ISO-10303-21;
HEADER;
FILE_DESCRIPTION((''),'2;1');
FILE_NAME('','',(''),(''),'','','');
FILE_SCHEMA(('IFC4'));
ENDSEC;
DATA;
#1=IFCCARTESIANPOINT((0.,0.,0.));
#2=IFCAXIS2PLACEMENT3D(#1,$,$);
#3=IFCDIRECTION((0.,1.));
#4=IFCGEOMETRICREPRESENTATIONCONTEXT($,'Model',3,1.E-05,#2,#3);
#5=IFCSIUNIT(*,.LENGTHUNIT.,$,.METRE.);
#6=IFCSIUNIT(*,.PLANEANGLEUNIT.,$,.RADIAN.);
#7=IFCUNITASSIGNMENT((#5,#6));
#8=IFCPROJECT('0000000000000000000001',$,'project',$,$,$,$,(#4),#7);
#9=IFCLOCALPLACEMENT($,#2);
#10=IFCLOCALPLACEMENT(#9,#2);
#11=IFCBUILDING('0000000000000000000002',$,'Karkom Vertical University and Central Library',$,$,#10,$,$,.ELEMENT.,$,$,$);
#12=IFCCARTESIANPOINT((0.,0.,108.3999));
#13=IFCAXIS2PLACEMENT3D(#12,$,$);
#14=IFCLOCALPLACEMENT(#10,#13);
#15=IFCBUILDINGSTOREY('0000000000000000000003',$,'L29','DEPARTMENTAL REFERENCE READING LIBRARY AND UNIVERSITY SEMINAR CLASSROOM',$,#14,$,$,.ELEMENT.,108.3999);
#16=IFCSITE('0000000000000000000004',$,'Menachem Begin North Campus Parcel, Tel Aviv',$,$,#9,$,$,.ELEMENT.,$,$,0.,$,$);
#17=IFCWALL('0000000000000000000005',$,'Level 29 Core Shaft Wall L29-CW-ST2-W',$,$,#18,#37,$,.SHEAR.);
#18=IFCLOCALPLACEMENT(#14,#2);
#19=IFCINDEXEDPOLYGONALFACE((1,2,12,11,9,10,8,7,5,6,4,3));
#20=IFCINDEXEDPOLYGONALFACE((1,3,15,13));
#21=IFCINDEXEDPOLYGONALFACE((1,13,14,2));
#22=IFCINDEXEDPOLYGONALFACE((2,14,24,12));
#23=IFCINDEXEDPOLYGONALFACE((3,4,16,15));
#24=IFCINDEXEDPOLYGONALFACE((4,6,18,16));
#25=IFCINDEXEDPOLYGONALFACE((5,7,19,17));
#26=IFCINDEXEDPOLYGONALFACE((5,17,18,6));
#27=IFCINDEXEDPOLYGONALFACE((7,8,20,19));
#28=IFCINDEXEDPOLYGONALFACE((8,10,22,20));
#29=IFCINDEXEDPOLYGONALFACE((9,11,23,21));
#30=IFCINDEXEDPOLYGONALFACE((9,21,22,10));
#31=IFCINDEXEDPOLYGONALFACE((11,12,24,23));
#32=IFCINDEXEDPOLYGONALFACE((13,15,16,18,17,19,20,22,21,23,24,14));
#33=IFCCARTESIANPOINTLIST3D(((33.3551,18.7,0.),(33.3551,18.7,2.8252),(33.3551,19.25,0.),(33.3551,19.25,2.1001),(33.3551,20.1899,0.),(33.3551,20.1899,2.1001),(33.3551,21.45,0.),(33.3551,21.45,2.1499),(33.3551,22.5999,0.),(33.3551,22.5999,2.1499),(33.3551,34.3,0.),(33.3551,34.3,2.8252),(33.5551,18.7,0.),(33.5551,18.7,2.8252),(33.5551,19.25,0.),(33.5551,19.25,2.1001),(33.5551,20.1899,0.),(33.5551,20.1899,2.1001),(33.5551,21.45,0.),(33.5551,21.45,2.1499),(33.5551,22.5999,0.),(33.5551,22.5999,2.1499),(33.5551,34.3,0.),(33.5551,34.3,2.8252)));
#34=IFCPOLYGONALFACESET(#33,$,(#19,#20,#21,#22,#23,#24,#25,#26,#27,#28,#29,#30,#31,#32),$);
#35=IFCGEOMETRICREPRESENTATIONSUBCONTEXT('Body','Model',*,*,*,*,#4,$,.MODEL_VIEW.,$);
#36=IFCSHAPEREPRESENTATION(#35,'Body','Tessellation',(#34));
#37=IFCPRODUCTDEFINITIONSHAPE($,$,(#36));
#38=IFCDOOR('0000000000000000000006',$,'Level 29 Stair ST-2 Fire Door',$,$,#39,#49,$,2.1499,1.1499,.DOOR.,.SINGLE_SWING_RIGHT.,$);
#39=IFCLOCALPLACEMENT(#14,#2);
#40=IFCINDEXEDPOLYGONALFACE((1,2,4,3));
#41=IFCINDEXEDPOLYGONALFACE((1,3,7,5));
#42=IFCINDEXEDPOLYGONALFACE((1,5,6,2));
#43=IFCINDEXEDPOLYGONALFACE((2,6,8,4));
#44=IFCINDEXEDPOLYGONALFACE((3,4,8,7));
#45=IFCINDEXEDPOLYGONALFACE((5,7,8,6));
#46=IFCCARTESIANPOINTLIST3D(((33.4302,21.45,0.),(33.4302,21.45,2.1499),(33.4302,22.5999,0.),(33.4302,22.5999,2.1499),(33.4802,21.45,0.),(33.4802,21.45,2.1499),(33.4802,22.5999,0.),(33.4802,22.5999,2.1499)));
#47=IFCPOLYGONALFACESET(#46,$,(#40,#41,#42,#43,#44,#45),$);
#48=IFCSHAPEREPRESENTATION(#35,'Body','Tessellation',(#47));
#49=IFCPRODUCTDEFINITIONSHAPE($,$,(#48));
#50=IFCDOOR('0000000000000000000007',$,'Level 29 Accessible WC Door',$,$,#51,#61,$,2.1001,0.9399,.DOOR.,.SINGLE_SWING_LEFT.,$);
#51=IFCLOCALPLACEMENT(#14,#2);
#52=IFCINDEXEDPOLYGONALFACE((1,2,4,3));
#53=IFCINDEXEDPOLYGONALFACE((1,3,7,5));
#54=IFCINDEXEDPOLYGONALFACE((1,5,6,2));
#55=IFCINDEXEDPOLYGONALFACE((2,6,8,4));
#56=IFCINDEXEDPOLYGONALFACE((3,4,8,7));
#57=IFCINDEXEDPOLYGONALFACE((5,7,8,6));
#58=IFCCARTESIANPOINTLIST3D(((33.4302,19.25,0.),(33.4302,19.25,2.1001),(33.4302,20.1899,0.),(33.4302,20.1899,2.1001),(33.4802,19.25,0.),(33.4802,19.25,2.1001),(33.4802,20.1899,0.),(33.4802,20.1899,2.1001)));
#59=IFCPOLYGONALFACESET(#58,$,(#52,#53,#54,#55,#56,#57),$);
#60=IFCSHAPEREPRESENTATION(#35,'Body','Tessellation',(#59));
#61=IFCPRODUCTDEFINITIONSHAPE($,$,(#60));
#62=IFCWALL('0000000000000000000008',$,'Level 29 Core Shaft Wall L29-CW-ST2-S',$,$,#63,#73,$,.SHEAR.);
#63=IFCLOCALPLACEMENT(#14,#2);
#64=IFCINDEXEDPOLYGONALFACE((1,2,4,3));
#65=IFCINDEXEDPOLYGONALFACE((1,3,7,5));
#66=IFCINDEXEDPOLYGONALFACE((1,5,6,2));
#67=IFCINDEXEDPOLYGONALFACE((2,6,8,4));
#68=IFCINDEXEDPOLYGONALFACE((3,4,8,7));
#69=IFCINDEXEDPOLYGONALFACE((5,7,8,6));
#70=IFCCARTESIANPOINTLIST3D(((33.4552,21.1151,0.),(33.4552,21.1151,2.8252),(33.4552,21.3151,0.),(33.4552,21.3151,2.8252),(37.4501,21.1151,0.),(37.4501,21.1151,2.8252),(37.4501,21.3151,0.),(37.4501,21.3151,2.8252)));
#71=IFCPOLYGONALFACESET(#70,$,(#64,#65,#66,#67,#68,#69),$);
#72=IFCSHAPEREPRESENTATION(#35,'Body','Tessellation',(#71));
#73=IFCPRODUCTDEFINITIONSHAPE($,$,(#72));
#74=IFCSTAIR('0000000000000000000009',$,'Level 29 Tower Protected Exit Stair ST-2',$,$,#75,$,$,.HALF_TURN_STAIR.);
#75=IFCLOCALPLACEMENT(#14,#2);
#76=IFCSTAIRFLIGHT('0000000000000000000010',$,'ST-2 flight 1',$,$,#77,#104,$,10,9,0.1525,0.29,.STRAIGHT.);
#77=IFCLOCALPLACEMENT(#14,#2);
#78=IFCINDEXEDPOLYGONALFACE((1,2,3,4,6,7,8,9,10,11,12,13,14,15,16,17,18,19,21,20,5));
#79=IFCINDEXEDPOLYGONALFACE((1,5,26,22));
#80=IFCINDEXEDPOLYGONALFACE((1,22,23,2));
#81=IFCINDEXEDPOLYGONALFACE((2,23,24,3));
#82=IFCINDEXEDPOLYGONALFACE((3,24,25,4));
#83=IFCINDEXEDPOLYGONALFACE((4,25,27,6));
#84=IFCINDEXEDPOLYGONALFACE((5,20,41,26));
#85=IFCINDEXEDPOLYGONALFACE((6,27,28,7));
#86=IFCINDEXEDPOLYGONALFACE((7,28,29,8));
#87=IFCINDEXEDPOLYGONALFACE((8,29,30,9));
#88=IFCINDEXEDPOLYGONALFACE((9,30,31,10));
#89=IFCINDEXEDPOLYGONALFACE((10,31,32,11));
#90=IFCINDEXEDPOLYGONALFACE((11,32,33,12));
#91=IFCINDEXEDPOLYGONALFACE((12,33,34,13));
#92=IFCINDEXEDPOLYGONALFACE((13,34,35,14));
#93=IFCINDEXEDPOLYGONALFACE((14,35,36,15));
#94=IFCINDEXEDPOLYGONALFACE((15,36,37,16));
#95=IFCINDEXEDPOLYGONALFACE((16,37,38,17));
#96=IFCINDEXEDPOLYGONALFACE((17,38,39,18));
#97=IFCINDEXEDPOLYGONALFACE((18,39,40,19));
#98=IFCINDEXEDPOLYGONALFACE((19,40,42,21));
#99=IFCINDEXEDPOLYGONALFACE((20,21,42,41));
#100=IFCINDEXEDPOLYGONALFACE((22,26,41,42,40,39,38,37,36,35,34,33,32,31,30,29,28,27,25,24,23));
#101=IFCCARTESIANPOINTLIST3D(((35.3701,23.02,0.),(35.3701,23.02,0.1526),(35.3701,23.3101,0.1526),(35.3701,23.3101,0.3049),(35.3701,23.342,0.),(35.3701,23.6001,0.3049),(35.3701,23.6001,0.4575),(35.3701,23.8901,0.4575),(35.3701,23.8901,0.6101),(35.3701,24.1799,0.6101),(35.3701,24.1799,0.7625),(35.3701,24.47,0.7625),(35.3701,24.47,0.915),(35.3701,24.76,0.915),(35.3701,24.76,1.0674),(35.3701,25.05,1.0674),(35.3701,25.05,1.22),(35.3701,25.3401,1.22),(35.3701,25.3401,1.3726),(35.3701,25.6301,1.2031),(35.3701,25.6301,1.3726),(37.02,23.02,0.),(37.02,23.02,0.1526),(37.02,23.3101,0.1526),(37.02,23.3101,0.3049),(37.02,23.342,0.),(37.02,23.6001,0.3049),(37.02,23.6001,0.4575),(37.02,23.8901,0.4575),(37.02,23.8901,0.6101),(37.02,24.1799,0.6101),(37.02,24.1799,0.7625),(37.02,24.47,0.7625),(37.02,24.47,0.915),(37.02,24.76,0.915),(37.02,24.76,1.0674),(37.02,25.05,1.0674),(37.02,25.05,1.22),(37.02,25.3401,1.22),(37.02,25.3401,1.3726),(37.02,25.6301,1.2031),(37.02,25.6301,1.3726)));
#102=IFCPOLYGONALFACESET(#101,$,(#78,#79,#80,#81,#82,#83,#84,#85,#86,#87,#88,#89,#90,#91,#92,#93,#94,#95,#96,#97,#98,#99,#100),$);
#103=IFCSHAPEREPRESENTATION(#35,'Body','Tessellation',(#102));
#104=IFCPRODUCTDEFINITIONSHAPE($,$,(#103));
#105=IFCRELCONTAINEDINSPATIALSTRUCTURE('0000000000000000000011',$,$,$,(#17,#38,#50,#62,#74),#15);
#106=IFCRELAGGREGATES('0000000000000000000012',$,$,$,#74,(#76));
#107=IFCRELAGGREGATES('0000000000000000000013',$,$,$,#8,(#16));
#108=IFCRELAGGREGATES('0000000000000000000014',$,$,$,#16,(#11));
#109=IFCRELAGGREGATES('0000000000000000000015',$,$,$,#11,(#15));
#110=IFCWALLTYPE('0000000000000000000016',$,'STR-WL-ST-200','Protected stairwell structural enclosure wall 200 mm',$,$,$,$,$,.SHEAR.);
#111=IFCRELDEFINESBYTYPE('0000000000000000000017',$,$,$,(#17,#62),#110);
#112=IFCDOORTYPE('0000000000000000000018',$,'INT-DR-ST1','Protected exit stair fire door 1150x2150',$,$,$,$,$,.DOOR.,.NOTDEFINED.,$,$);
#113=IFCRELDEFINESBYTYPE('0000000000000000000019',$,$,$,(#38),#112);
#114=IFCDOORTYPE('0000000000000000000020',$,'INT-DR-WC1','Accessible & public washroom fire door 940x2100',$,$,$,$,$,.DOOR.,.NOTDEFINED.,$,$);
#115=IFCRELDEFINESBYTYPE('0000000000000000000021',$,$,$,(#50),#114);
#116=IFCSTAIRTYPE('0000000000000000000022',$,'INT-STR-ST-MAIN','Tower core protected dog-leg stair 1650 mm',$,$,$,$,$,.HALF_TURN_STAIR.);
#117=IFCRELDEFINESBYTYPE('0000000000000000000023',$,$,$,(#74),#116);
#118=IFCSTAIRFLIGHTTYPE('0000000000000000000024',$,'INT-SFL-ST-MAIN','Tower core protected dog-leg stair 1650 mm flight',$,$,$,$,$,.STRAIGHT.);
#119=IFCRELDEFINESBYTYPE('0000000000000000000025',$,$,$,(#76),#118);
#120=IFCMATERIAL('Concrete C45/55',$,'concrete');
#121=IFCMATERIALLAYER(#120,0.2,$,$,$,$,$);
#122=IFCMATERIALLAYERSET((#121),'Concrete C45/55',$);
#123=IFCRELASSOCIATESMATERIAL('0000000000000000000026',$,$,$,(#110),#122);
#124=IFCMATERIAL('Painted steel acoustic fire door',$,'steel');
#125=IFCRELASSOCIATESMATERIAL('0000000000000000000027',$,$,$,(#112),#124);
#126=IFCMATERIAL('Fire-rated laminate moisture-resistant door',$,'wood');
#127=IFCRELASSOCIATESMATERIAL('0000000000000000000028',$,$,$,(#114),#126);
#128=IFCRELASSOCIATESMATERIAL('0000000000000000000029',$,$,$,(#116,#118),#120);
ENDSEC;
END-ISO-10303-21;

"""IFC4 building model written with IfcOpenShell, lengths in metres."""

from ifc_helpers import new_model, si_unit, direction, frame, frame_2d, origin, origin_with_axes, place, context, subcontext, project, spatial, polyline, rectangle, outline, extrude, source, transform, mapped, material, layer, layer_set, type_object, element, fill, aggregate, save


model = new_model("IFC4")

# Units and contexts
model_context = context("Model", 3, precision=1e-05, world=origin(), true_north=direction((0.0, 1.0)))
body_context = subcontext(model_context, "Body", "Model", "MODEL_VIEW")
ifc_project = project(units=[si_unit("LENGTHUNIT", "METRE"), si_unit("PLANEANGLEUNIT", "RADIAN")], contexts=[model_context])

# Site, building, storey
site_placement = place(None, origin())
site = spatial("IfcSite", under=ifc_project, at=site_placement, Name="Menachem Begin North Campus Parcel, Tel Aviv", CompositionType="ELEMENT", RefElevation=0.0)
building_placement = place(site_placement, origin())
building = spatial("IfcBuilding", under=site, at=building_placement, Name="Karkom Vertical University and Central Library", CompositionType="ELEMENT")
storey_placement = place(building_placement, frame((0.0, 0.0, 108.3999)))
storey = spatial("IfcBuildingStorey", under=building, at=storey_placement, Name="L29", Description="DEPARTMENTAL REFERENCE READING LIBRARY AND UNIVERSITY SEMINAR CLASSROOM", CompositionType="ELEMENT", Elevation=108.3999)

# Wall, openings, doors
ifc_material_1 = material(Name="Concrete C45/55", Category="concrete")
ifc_layer_1 = layer(ifc_material_1, 0.2)
ifc_layer_set_1 = layer_set([ifc_layer_1], Name="Concrete C45/55")
wall_type_1 = type_object("IfcWallType", Name="STR-WL-ST-200", Description="Protected stairwell structural enclosure wall 200 mm", PredefinedType="SHEAR", material=ifc_layer_set_1)
wall_1_placement = place(storey_placement, frame((33.4551, 18.7, 0.0), z_axis=(0.0, 0.0, 1.0), x_axis=(0.0, 1.0, 0.0)))
wall_1 = element("IfcWall", 1, at=wall_1_placement, inside=storey, type_object=wall_type_1, Name="Level 29 Core Shaft Wall L29-CW-ST2-W", PredefinedType="SHEAR", context=body_context, shape_type="SweptSolid", body=[
    extrude(rectangle(XDim=15.6001, YDim=0.2, at=frame_2d((7.8, 0.0))), origin(), (0.0, 0.0, 1.0), 2.8252),
])
opening_1_placement = place(wall_1_placement, frame((2.75, 0.0, 0.0)))
opening_1 = element("IfcOpeningElement", 2, at=opening_1_placement, cuts=wall_1, PredefinedType="OPENING", context=body_context, shape_type="SweptSolid", body=[
    extrude(rectangle(XDim=1.1499, YDim=2.1499, at=frame_2d((0.575, 1.075))), frame((0.0, 0.1099, 0.0), z_axis=(0.0, -1.0, 0.0), x_axis=(1.0, 0.0, 0.0)), (0.0, 0.0, 1.0), 0.22),
])
opening_2_placement = place(wall_1_placement, frame((0.55, 0.0, 0.0)))
opening_2 = element("IfcOpeningElement", 3, at=opening_2_placement, cuts=wall_1, PredefinedType="OPENING", context=body_context, shape_type="SweptSolid", body=[
    extrude(rectangle(XDim=0.9399, YDim=2.1001, at=frame_2d((0.47, 1.05))), frame((0.0, 0.1099, 0.0), z_axis=(0.0, -1.0, 0.0), x_axis=(1.0, 0.0, 0.0)), (0.0, 0.0, 1.0), 0.22),
])
ifc_material_2 = material(Name="Painted steel acoustic fire door", Category="steel")
door_type_1 = type_object("IfcDoorType", Name="INT-DR-ST1", Description="Protected exit stair fire door 1150x2150", OperationType="NOTDEFINED", PredefinedType="DOOR", material=ifc_material_2)
shared_shape_1 = source(origin_with_axes(), body_context, "Body", "SweptSolid", [
    extrude(rectangle(XDim=1.1499, YDim=2.1499, at=frame_2d((0.575, 1.075))), frame((0.0, 0.0249, 0.0), z_axis=(0.0, -1.0, 0.0), x_axis=(1.0, 0.0, 0.0)), (0.0, 0.0, 1.0), 0.05),
])
door_1_placement = place(opening_1_placement, origin())
door_1 = element("IfcDoor", 4, at=door_1_placement, inside=storey, type_object=door_type_1, Name="Level 29 Stair ST-2 Fire Door", OperationType="SINGLE_SWING_RIGHT", OverallHeight=2.1499, OverallWidth=1.1499, PredefinedType="DOOR", context=body_context, shape_type="MappedRepresentation", body=[
    mapped(shared_shape_1, transform((0.0, 0.0, 0.0), scale=1.0)),
])
fill(opening_1, door_1)
ifc_material_3 = material(Name="Fire-rated laminate moisture-resistant door", Category="wood")
door_type_2 = type_object("IfcDoorType", Name="INT-DR-WC1", Description="Accessible & public washroom fire door 940x2100", OperationType="NOTDEFINED", PredefinedType="DOOR", material=ifc_material_3)
shared_shape_2 = source(origin_with_axes(), body_context, "Body", "SweptSolid", [
    extrude(rectangle(XDim=0.9399, YDim=2.1001, at=frame_2d((0.47, 1.05))), frame((0.0, 0.0249, 0.0), z_axis=(0.0, -1.0, 0.0), x_axis=(1.0, 0.0, 0.0)), (0.0, 0.0, 1.0), 0.05),
])
door_2_placement = place(opening_2_placement, origin())
door_2 = element("IfcDoor", 5, at=door_2_placement, inside=storey, type_object=door_type_2, Name="Level 29 Accessible WC Door", OperationType="SINGLE_SWING_LEFT", OverallHeight=2.1001, OverallWidth=0.9399, PredefinedType="DOOR", context=body_context, shape_type="MappedRepresentation", body=[
    mapped(shared_shape_2, transform((0.0, 0.0, 0.0), scale=1.0)),
])
fill(opening_2, door_2)

# Wall
wall_2_placement = place(storey_placement, frame((33.4551, 21.2151, 0.0), z_axis=(0.0, 0.0, 1.0), x_axis=(1.0, 0.0, 0.0)))
element("IfcWall", 6, at=wall_2_placement, inside=storey, type_object=wall_type_1, Name="Level 29 Core Shaft Wall L29-CW-ST2-S", PredefinedType="SHEAR", context=body_context, shape_type="SweptSolid", body=[
    extrude(rectangle(XDim=3.9949, YDim=0.2, at=frame_2d((1.9976, 0.0))), origin(), (0.0, 0.0, 1.0), 2.8252),
])

# Stair, stair flight
stair_type = type_object("IfcStairType", Name="INT-STR-ST-MAIN", Description="Tower core protected dog-leg stair 1650 mm", PredefinedType="HALF_TURN_STAIR", material=ifc_material_1)
stair_placement = place(storey_placement, origin())
stair = element("IfcStair", 7, at=stair_placement, inside=storey, type_object=stair_type, Name="Level 29 Tower Protected Exit Stair ST-2", PredefinedType="HALF_TURN_STAIR")
stair_flight_type = type_object("IfcStairFlightType", Name="INT-SFL-ST-MAIN", Description="Tower core protected dog-leg stair 1650 mm flight", PredefinedType="STRAIGHT", material=ifc_material_1)
stair_flight_placement = place(storey_placement, frame((36.1951, 23.02, 0.0), z_axis=(0.0, 0.0, 1.0), x_axis=(0.0, 1.0, 0.0)))
stair_flight = element("IfcStairFlight", 8, at=stair_flight_placement, type_object=stair_flight_type, Name="ST-2 flight 1", NumberOfRisers=10, NumberOfTreads=9, PredefinedType="STRAIGHT", RiserHeight=0.1525, TreadLength=0.29, context=body_context, shape_type="SweptSolid", body=[
    extrude(outline(polyline([(0.0, 0.0), (0.0, 0.1526), (0.29, 0.1526), (0.29, 0.3049), (0.5801, 0.3049), (0.5801, 0.4575), (0.8701, 0.4575), (0.8701, 0.6101), (1.1599, 0.6101), (1.1599, 0.7625), (1.45, 0.7625), (1.45, 0.915), (1.74, 0.915), (1.74, 1.0674), (2.03, 1.0674), (2.03, 1.22), (2.3201, 1.22), (2.3201, 1.3726), (2.6101, 1.3726), (2.6101, 1.5249), (2.6101, 1.2031), (0.322, 0.0), (0.0, 0.0)])), frame((0.0, 0.825, 0.0), z_axis=(0.0, -1.0, 0.0), x_axis=(1.0, 0.0, 0.0)), (0.0, 0.0, 1.0), 1.6499),
])
aggregate(stair, [stair_flight])

save(model, "model.ifc")
